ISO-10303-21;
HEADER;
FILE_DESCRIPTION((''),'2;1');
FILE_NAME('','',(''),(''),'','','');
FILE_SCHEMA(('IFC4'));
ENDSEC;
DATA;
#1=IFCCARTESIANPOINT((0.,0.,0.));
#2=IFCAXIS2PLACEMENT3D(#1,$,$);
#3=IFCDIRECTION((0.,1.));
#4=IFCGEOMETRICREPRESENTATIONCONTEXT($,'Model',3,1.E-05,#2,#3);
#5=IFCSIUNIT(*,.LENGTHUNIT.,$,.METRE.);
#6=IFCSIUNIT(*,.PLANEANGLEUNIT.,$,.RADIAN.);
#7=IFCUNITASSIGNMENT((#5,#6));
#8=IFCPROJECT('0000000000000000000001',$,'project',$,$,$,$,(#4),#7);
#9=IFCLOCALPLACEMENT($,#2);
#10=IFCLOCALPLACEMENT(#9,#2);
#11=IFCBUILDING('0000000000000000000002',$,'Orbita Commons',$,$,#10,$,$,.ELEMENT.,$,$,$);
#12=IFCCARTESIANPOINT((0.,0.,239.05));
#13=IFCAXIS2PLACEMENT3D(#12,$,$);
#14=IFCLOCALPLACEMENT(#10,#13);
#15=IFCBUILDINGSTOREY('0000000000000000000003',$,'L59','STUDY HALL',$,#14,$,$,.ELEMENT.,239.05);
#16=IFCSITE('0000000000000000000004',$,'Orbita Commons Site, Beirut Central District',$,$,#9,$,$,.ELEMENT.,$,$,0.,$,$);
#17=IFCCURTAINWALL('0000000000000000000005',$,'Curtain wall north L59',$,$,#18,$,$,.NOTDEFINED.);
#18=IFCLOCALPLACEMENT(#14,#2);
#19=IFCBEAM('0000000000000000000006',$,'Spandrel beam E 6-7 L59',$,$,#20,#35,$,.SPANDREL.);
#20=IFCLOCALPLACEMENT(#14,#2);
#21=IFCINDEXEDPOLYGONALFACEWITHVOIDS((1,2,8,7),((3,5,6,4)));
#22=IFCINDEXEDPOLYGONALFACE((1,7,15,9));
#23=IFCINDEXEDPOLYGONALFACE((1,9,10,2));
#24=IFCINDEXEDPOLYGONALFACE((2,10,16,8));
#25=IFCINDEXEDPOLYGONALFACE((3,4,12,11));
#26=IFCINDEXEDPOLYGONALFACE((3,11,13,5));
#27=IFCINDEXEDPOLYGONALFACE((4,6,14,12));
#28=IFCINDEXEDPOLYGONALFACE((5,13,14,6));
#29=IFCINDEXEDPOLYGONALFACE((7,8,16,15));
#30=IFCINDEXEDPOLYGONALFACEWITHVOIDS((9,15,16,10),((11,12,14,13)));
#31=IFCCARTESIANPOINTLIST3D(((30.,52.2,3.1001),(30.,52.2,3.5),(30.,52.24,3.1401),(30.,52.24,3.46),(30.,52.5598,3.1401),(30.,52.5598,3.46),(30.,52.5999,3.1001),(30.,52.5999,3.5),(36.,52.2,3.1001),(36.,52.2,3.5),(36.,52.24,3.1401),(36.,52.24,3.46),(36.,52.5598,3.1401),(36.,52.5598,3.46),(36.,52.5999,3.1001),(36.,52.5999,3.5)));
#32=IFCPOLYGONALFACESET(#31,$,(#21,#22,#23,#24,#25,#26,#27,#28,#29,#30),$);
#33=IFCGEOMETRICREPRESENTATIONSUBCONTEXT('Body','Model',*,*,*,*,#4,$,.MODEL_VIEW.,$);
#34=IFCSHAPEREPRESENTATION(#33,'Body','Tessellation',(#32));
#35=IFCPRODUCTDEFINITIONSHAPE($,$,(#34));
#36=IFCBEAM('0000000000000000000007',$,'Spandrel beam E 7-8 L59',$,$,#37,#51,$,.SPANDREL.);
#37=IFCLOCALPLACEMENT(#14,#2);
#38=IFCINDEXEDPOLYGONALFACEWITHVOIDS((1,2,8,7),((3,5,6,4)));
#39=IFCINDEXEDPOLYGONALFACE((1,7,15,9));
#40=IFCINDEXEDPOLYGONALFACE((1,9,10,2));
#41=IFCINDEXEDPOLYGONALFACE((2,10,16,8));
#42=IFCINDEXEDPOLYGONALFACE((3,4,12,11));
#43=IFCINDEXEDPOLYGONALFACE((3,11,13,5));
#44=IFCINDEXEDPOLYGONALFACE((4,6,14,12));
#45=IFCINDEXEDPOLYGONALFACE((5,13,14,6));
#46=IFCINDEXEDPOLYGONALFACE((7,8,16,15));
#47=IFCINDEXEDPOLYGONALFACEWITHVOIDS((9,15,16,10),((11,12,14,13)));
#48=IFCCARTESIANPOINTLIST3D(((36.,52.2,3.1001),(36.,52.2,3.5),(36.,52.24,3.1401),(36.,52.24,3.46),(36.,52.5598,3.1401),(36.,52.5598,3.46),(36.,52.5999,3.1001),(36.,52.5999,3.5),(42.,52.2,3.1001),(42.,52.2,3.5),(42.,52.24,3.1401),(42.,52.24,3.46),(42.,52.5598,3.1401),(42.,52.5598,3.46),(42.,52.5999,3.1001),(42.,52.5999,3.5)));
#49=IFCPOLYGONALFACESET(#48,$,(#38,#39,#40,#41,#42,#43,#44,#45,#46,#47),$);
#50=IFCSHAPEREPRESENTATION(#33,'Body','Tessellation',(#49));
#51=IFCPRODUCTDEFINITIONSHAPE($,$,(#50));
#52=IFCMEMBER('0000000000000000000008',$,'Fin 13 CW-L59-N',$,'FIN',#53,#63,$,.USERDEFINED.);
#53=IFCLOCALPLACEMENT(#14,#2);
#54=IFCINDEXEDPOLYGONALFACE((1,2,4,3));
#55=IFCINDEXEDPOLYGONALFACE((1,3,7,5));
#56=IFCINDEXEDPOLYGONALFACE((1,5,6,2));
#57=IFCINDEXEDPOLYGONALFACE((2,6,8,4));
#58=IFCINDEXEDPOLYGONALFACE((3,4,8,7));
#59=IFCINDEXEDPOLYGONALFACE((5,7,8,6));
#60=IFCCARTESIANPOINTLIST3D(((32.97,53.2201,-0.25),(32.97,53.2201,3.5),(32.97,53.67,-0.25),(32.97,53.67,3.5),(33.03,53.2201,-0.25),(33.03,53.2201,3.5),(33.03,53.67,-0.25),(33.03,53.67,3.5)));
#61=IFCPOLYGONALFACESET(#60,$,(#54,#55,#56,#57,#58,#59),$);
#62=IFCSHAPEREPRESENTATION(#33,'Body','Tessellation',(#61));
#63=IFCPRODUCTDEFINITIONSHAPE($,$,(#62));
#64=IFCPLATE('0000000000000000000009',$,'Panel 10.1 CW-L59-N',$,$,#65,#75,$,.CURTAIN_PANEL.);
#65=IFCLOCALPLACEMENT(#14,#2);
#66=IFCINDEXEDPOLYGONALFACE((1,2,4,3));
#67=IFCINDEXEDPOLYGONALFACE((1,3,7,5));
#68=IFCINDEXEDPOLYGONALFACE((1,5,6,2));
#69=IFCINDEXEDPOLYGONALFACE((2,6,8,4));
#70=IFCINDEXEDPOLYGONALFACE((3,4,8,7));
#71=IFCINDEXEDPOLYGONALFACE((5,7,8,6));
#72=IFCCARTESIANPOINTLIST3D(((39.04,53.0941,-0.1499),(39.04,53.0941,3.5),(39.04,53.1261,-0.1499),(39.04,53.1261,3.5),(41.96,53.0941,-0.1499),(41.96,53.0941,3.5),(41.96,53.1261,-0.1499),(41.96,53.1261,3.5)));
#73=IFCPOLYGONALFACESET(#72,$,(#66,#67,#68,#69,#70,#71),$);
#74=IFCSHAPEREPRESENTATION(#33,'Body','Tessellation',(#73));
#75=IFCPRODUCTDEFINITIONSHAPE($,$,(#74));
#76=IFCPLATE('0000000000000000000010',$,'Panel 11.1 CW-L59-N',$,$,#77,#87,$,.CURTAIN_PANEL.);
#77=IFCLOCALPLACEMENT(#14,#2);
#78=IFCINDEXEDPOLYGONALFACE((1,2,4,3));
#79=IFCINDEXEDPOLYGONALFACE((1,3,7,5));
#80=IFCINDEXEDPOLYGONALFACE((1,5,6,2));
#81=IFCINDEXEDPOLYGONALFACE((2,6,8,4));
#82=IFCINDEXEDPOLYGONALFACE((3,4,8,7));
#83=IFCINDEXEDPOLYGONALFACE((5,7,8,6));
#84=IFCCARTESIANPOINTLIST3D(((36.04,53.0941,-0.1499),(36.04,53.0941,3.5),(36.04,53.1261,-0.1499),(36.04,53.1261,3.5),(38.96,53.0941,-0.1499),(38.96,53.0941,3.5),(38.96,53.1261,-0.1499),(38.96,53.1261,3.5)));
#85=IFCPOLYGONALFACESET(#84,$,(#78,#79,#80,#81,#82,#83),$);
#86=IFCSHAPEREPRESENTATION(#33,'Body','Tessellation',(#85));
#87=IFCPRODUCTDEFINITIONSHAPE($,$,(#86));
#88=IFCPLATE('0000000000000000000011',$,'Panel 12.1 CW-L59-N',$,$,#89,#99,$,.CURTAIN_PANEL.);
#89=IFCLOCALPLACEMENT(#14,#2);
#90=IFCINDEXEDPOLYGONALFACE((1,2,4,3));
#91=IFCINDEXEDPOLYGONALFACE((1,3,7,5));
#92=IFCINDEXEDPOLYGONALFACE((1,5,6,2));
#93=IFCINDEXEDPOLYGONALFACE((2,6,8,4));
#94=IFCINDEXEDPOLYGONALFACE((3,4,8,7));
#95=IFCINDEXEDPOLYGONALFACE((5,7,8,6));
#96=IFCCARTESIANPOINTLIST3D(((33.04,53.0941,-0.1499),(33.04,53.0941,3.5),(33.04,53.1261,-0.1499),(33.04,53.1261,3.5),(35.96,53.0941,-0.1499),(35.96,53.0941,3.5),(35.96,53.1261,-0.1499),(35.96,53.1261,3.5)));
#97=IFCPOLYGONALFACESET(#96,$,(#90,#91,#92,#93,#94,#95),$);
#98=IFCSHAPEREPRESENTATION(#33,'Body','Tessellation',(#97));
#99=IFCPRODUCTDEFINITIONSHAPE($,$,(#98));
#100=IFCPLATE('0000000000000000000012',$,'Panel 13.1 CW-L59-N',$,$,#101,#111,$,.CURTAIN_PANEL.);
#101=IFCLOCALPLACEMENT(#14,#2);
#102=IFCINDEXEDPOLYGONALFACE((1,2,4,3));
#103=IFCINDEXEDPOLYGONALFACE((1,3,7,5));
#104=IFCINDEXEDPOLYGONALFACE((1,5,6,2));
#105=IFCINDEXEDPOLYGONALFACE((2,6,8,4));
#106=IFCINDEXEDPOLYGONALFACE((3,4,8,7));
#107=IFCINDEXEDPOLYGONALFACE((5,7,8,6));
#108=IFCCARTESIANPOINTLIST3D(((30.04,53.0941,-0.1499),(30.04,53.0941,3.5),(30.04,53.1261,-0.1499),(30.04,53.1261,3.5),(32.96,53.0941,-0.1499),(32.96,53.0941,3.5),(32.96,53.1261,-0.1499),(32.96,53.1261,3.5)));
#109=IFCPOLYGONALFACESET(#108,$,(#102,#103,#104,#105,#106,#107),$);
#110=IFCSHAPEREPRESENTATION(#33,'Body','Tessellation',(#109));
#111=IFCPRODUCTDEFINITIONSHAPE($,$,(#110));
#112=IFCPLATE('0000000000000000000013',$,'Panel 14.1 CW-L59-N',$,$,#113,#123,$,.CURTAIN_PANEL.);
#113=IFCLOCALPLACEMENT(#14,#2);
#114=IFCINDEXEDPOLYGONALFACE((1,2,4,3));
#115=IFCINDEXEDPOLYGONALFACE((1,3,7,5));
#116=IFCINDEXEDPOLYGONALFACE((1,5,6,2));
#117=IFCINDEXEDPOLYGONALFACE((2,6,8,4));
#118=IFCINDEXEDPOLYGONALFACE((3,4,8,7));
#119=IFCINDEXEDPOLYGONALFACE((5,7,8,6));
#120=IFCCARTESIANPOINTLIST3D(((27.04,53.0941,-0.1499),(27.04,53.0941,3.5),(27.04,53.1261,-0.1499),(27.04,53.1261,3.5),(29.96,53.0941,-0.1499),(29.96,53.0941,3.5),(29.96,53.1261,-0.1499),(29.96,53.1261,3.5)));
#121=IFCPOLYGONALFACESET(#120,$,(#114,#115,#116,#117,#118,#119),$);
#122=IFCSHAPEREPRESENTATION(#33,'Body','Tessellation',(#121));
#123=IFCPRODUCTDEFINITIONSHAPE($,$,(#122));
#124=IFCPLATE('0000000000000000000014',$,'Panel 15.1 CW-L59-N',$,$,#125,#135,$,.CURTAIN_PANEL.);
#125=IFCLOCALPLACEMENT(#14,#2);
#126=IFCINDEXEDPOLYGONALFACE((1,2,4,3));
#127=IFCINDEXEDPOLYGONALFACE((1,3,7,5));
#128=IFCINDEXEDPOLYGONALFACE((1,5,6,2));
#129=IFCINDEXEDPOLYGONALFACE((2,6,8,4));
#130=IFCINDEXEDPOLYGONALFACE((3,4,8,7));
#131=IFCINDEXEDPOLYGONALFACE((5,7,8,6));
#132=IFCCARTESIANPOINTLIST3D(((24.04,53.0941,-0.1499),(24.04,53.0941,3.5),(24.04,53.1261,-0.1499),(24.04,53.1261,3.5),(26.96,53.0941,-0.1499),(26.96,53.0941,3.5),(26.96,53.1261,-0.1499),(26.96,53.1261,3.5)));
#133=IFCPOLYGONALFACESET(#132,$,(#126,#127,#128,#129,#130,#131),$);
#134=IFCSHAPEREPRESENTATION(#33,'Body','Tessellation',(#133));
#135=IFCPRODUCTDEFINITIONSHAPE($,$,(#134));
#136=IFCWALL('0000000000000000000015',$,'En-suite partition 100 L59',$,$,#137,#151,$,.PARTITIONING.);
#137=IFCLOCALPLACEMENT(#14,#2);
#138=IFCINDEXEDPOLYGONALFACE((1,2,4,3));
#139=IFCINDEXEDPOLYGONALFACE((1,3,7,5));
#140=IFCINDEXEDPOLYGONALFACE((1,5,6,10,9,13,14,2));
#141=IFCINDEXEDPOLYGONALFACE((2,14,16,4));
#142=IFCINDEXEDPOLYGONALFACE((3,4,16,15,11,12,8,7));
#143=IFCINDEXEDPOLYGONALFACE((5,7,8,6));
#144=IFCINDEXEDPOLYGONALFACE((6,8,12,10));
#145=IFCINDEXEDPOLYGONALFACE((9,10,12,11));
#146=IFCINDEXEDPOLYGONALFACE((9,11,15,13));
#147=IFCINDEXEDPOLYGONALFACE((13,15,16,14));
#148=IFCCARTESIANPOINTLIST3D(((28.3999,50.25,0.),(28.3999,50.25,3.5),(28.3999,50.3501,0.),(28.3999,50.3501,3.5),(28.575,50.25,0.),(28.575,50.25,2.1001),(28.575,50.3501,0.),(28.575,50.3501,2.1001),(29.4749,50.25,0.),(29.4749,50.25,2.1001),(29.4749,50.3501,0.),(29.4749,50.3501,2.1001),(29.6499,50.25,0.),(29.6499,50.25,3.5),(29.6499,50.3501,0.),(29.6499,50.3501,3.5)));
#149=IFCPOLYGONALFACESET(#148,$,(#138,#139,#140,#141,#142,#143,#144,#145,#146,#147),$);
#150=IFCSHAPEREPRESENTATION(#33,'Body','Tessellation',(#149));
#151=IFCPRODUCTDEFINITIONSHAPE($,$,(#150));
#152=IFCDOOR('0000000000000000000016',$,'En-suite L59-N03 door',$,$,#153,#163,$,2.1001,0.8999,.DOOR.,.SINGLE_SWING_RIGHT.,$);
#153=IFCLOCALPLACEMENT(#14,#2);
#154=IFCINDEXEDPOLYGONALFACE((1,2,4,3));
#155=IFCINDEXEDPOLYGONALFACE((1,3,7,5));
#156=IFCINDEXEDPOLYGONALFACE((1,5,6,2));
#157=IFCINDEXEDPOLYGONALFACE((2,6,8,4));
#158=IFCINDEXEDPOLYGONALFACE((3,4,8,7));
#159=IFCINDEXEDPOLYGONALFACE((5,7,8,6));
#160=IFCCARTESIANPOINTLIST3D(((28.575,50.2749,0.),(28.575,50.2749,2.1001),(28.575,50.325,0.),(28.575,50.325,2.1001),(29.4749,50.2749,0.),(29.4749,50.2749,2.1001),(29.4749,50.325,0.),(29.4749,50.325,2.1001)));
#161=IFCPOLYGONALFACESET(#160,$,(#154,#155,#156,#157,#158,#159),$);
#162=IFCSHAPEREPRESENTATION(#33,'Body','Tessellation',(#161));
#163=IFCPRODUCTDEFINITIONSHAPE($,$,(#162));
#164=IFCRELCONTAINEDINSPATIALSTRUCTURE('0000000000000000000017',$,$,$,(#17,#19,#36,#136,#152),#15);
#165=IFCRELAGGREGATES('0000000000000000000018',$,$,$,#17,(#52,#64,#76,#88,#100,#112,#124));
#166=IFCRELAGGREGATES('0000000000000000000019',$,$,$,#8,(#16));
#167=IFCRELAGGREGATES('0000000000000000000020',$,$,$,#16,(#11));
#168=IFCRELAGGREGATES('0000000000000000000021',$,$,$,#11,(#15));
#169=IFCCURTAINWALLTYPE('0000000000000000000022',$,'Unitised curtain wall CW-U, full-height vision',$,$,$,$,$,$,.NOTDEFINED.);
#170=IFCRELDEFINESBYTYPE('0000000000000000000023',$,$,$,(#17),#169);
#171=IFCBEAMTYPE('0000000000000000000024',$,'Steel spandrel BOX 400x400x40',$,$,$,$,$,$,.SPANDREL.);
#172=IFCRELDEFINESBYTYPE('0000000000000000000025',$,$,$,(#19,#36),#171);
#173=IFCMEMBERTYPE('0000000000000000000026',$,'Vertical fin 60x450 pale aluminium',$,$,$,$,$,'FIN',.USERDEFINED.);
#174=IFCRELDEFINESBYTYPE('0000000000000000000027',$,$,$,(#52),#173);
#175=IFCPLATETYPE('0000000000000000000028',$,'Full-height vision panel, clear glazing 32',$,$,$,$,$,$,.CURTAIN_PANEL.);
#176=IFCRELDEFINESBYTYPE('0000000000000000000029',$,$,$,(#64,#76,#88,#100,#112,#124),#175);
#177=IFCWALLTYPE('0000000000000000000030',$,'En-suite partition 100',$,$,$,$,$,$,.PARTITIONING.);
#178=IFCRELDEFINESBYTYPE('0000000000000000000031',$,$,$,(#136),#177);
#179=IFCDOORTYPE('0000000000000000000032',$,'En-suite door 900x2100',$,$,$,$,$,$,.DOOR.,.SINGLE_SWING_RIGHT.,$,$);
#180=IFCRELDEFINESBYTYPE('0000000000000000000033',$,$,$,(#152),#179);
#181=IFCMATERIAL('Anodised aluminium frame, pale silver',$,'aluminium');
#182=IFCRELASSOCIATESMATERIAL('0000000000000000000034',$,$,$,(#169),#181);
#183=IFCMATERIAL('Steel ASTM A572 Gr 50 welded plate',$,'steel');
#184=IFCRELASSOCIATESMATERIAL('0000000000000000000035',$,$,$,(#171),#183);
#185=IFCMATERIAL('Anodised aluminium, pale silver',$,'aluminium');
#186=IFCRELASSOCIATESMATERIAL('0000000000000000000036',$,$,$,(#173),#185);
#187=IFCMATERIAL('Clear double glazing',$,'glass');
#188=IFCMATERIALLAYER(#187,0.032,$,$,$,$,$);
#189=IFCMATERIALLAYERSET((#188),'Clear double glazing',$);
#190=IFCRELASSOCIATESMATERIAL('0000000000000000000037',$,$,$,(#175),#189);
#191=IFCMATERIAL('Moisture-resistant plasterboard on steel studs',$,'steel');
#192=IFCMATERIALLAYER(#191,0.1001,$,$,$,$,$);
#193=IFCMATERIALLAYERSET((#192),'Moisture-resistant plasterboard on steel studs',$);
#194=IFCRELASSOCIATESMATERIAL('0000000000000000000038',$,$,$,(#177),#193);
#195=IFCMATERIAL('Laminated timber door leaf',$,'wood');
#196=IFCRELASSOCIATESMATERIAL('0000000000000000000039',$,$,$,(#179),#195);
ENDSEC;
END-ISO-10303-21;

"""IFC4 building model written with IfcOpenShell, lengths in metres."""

from ifc_helpers import new_model, si_unit, direction, frame, frame_2d, origin, origin_2d, place, context, subcontext, project, spatial, rectangle, hollow_rectangle, extrude, material, layer, layer_set, material_profile, profile_set, type_object, element, fill, aggregate, save


model = new_model("IFC4")

# Units and contexts
model_context = context("Model", 3, precision=1e-05, world=origin(), true_north=direction((0.0, 1.0)))
body_context = subcontext(model_context, "Body", "Model", "MODEL_VIEW")
ifc_project = project(units=[si_unit("LENGTHUNIT", "METRE"), si_unit("PLANEANGLEUNIT", "RADIAN")], contexts=[model_context])

# Site, building, storey
site_placement = place(None, origin())
site = spatial("IfcSite", under=ifc_project, at=site_placement, Name="Orbita Commons Site, Beirut Central District", CompositionType="ELEMENT", RefElevation=0.0)
building_placement = place(site_placement, origin())
building = spatial("IfcBuilding", under=site, at=building_placement, Name="Orbita Commons", CompositionType="ELEMENT")
storey_placement = place(building_placement, frame((0.0, 0.0, 239.05)))
storey = spatial("IfcBuildingStorey", under=building, at=storey_placement, Name="L59", Description="STUDY HALL", CompositionType="ELEMENT", Elevation=239.05)

# Curtain wall
ifc_material_1 = material(Name="Anodised aluminium frame, pale silver", Category="aluminium")
curtain_wall_type = type_object("IfcCurtainWallType", Name="Unitised curtain wall CW-U, full-height vision", PredefinedType="NOTDEFINED", material=ifc_material_1)
curtain_wall_placement = place(storey_placement, origin())
curtain_wall = element("IfcCurtainWall", 1, at=curtain_wall_placement, inside=storey, type_object=curtain_wall_type, Name="Curtain wall north L59", PredefinedType="NOTDEFINED")

# Beams
ifc_material_2 = material(Name="Steel ASTM A572 Gr 50 welded plate", Category="steel")
ifc_material_profile_1 = material_profile(ifc_material_2, hollow_rectangle(XDim=0.3999, YDim=0.3999, WallThickness=0.04, at=origin_2d()), Name="BOX 400x400x40")
ifc_profile_set_1 = profile_set([ifc_material_profile_1], Name="Steel ASTM A572 Gr 50 welded plate")
beam_type = type_object("IfcBeamType", Name="Steel spandrel BOX 400x400x40", PredefinedType="SPANDREL", material=ifc_profile_set_1)
for number, where, z_axis, x_axis, name in (
    (2, (30.0, 52.3999, 3.3), (1.0, 0.0, 0.0), (0.0, 1.0, 0.0), "Spandrel beam E 6-7 L59"),
    (3, (36.0, 52.3999, 3.3), (1.0, 0.0, 0.0), (0.0, 1.0, 0.0), "Spandrel beam E 7-8 L59"),
):
    element("IfcBeam", number, at=place(storey_placement, frame(where, z_axis=z_axis, x_axis=x_axis)), inside=storey, type_object=beam_type, Name=name, PredefinedType="SPANDREL", context=body_context, shape_type="SweptSolid", body=[
        extrude(hollow_rectangle(XDim=0.3999, YDim=0.3999, WallThickness=0.04, at=origin_2d()), origin(), (0.0, 0.0, 1.0), 6.0),
    ])

# Member
ifc_material_3 = material(Name="Anodised aluminium, pale silver", Category="aluminium")
ifc_material_profile_2 = material_profile(ifc_material_3, rectangle(XDim=0.0601, YDim=0.45, at=origin_2d()), Name="FIN 60x450")
ifc_profile_set_2 = profile_set([ifc_material_profile_2], Name="Anodised aluminium, pale silver")
member_type_1 = type_object("IfcMemberType", Name="Vertical fin 60x450 pale aluminium", ElementType="FIN", PredefinedType="USERDEFINED", material=ifc_profile_set_2)
member_1_placement = place(storey_placement, frame((33.0, 53.4451, -0.25), z_axis=(0.0, 0.0, 1.0), x_axis=(-1.0, 0.0, 0.0)))
member_1 = element("IfcMember", 4, at=member_1_placement, type_object=member_type_1, Name="Fin 13 CW-L59-N", ObjectType="FIN", PredefinedType="USERDEFINED", context=body_context, shape_type="SweptSolid", body=[
    extrude(rectangle(XDim=0.0601, YDim=0.45, at=origin_2d()), origin(), (0.0, 0.0, 1.0), 3.75),
])

# Plates
ifc_material_4 = material(Name="Clear double glazing", Category="glass")
ifc_layer_1 = layer(ifc_material_4, 0.032)
ifc_layer_set_1 = layer_set([ifc_layer_1], Name="Clear double glazing")
plate_type = type_object("IfcPlateType", Name="Full-height vision panel, clear glazing 32", PredefinedType="CURTAIN_PANEL", material=ifc_layer_set_1)
plate_1_placement = place(storey_placement, frame((40.5, 53.1101, -0.1499), z_axis=(0.0, 0.0, 1.0), x_axis=(-1.0, 0.0, 0.0)))
plate_1 = element("IfcPlate", 5, at=plate_1_placement, type_object=plate_type, Name="Panel 10.1 CW-L59-N", PredefinedType="CURTAIN_PANEL", context=body_context, shape_type="SweptSolid", body=[
    extrude(rectangle(XDim=2.9199, YDim=0.032, at=origin_2d()), origin(), (0.0, 0.0, 1.0), 3.6499),
])
plate_2_placement = place(storey_placement, frame((37.5, 53.1101, -0.1499), z_axis=(0.0, 0.0, 1.0), x_axis=(-1.0, 0.0, 0.0)))
plate_2 = element("IfcPlate", 6, at=plate_2_placement, type_object=plate_type, Name="Panel 11.1 CW-L59-N", PredefinedType="CURTAIN_PANEL", context=body_context, shape_type="SweptSolid", body=[
    extrude(rectangle(XDim=2.9199, YDim=0.032, at=origin_2d()), origin(), (0.0, 0.0, 1.0), 3.6499),
])
plate_3_placement = place(storey_placement, frame((34.5, 53.1101, -0.1499), z_axis=(0.0, 0.0, 1.0), x_axis=(-1.0, 0.0, 0.0)))
plate_3 = element("IfcPlate", 7, at=plate_3_placement, type_object=plate_type, Name="Panel 12.1 CW-L59-N", PredefinedType="CURTAIN_PANEL", context=body_context, shape_type="SweptSolid", body=[
    extrude(rectangle(XDim=2.9199, YDim=0.032, at=origin_2d()), origin(), (0.0, 0.0, 1.0), 3.6499),
])
plate_4_placement = place(storey_placement, frame((31.5, 53.1101, -0.1499), z_axis=(0.0, 0.0, 1.0), x_axis=(-1.0, 0.0, 0.0)))
plate_4 = element("IfcPlate", 8, at=plate_4_placement, type_object=plate_type, Name="Panel 13.1 CW-L59-N", PredefinedType="CURTAIN_PANEL", context=body_context, shape_type="SweptSolid", body=[
    extrude(rectangle(XDim=2.9199, YDim=0.032, at=origin_2d()), origin(), (0.0, 0.0, 1.0), 3.6499),
])
plate_5_placement = place(storey_placement, frame((28.5, 53.1101, -0.1499), z_axis=(0.0, 0.0, 1.0), x_axis=(-1.0, 0.0, 0.0)))
plate_5 = element("IfcPlate", 9, at=plate_5_placement, type_object=plate_type, Name="Panel 14.1 CW-L59-N", PredefinedType="CURTAIN_PANEL", context=body_context, shape_type="SweptSolid", body=[
    extrude(rectangle(XDim=2.9199, YDim=0.032, at=origin_2d()), origin(), (0.0, 0.0, 1.0), 3.6499),
])
plate_6_placement = place(storey_placement, frame((25.5, 53.1101, -0.1499), z_axis=(0.0, 0.0, 1.0), x_axis=(-1.0, 0.0, 0.0)))
plate_6 = element("IfcPlate", 10, at=plate_6_placement, type_object=plate_type, Name="Panel 15.1 CW-L59-N", PredefinedType="CURTAIN_PANEL", context=body_context, shape_type="SweptSolid", body=[
    extrude(rectangle(XDim=2.9199, YDim=0.032, at=origin_2d()), origin(), (0.0, 0.0, 1.0), 3.6499),
])
aggregate(curtain_wall, [member_1, plate_1, plate_2, plate_3, plate_4, plate_5, plate_6])

# Wall, opening, door
ifc_material_5 = material(Name="Moisture-resistant plasterboard on steel studs", Category="steel")
ifc_layer_2 = layer(ifc_material_5, 0.1001)
ifc_layer_set_2 = layer_set([ifc_layer_2], Name="Moisture-resistant plasterboard on steel studs")
wall_type_1 = type_object("IfcWallType", Name="En-suite partition 100", PredefinedType="PARTITIONING", material=ifc_layer_set_2)
wall_1_placement = place(storey_placement, frame((28.3999, 50.3, 0.0), z_axis=(0.0, 0.0, 1.0), x_axis=(1.0, 0.0, 0.0)))
wall_1 = element("IfcWall", 11, at=wall_1_placement, inside=storey, type_object=wall_type_1, Name="En-suite partition 100 L59", PredefinedType="PARTITIONING", context=body_context, shape_type="SweptSolid", body=[
    extrude(rectangle(XDim=1.25, YDim=0.1001, at=frame_2d((0.625, 0.0))), origin(), (0.0, 0.0, 1.0), 3.5),
])
opening_1_placement = place(wall_1_placement, frame((0.175, 0.0, 0.0)))
opening_1 = element("IfcOpeningElement", 12, at=opening_1_placement, cuts=wall_1, PredefinedType="OPENING", context=body_context, shape_type="SweptSolid", body=[
    extrude(rectangle(XDim=0.8999, YDim=2.1001, at=frame_2d((0.45, 1.05))), frame((0.0, 0.0601, 0.0), z_axis=(0.0, -1.0, 0.0), x_axis=(1.0, 0.0, 0.0)), (0.0, 0.0, 1.0), 0.1201),
])
ifc_material_6 = material(Name="Laminated timber door leaf", Category="wood")
door_type = type_object("IfcDoorType", Name="En-suite door 900x2100", OperationType="SINGLE_SWING_RIGHT", PredefinedType="DOOR", material=ifc_material_6)
door_1_placement = place(opening_1_placement, origin())
door_1 = element("IfcDoor", 13, at=door_1_placement, inside=storey, type_object=door_type, Name="En-suite L59-N03 door", OperationType="SINGLE_SWING_RIGHT", OverallHeight=2.1001, OverallWidth=0.8999, PredefinedType="DOOR", context=body_context, shape_type="SweptSolid", body=[
    extrude(rectangle(XDim=0.8999, YDim=2.1001, at=frame_2d((0.45, 1.05))), frame((0.0, 0.0249, 0.0), z_axis=(0.0, -1.0, 0.0), x_axis=(1.0, 0.0, 0.0)), (0.0, 0.0, 1.0), 0.05),
])
fill(opening_1, door_1)

save(model, "model.ifc")
